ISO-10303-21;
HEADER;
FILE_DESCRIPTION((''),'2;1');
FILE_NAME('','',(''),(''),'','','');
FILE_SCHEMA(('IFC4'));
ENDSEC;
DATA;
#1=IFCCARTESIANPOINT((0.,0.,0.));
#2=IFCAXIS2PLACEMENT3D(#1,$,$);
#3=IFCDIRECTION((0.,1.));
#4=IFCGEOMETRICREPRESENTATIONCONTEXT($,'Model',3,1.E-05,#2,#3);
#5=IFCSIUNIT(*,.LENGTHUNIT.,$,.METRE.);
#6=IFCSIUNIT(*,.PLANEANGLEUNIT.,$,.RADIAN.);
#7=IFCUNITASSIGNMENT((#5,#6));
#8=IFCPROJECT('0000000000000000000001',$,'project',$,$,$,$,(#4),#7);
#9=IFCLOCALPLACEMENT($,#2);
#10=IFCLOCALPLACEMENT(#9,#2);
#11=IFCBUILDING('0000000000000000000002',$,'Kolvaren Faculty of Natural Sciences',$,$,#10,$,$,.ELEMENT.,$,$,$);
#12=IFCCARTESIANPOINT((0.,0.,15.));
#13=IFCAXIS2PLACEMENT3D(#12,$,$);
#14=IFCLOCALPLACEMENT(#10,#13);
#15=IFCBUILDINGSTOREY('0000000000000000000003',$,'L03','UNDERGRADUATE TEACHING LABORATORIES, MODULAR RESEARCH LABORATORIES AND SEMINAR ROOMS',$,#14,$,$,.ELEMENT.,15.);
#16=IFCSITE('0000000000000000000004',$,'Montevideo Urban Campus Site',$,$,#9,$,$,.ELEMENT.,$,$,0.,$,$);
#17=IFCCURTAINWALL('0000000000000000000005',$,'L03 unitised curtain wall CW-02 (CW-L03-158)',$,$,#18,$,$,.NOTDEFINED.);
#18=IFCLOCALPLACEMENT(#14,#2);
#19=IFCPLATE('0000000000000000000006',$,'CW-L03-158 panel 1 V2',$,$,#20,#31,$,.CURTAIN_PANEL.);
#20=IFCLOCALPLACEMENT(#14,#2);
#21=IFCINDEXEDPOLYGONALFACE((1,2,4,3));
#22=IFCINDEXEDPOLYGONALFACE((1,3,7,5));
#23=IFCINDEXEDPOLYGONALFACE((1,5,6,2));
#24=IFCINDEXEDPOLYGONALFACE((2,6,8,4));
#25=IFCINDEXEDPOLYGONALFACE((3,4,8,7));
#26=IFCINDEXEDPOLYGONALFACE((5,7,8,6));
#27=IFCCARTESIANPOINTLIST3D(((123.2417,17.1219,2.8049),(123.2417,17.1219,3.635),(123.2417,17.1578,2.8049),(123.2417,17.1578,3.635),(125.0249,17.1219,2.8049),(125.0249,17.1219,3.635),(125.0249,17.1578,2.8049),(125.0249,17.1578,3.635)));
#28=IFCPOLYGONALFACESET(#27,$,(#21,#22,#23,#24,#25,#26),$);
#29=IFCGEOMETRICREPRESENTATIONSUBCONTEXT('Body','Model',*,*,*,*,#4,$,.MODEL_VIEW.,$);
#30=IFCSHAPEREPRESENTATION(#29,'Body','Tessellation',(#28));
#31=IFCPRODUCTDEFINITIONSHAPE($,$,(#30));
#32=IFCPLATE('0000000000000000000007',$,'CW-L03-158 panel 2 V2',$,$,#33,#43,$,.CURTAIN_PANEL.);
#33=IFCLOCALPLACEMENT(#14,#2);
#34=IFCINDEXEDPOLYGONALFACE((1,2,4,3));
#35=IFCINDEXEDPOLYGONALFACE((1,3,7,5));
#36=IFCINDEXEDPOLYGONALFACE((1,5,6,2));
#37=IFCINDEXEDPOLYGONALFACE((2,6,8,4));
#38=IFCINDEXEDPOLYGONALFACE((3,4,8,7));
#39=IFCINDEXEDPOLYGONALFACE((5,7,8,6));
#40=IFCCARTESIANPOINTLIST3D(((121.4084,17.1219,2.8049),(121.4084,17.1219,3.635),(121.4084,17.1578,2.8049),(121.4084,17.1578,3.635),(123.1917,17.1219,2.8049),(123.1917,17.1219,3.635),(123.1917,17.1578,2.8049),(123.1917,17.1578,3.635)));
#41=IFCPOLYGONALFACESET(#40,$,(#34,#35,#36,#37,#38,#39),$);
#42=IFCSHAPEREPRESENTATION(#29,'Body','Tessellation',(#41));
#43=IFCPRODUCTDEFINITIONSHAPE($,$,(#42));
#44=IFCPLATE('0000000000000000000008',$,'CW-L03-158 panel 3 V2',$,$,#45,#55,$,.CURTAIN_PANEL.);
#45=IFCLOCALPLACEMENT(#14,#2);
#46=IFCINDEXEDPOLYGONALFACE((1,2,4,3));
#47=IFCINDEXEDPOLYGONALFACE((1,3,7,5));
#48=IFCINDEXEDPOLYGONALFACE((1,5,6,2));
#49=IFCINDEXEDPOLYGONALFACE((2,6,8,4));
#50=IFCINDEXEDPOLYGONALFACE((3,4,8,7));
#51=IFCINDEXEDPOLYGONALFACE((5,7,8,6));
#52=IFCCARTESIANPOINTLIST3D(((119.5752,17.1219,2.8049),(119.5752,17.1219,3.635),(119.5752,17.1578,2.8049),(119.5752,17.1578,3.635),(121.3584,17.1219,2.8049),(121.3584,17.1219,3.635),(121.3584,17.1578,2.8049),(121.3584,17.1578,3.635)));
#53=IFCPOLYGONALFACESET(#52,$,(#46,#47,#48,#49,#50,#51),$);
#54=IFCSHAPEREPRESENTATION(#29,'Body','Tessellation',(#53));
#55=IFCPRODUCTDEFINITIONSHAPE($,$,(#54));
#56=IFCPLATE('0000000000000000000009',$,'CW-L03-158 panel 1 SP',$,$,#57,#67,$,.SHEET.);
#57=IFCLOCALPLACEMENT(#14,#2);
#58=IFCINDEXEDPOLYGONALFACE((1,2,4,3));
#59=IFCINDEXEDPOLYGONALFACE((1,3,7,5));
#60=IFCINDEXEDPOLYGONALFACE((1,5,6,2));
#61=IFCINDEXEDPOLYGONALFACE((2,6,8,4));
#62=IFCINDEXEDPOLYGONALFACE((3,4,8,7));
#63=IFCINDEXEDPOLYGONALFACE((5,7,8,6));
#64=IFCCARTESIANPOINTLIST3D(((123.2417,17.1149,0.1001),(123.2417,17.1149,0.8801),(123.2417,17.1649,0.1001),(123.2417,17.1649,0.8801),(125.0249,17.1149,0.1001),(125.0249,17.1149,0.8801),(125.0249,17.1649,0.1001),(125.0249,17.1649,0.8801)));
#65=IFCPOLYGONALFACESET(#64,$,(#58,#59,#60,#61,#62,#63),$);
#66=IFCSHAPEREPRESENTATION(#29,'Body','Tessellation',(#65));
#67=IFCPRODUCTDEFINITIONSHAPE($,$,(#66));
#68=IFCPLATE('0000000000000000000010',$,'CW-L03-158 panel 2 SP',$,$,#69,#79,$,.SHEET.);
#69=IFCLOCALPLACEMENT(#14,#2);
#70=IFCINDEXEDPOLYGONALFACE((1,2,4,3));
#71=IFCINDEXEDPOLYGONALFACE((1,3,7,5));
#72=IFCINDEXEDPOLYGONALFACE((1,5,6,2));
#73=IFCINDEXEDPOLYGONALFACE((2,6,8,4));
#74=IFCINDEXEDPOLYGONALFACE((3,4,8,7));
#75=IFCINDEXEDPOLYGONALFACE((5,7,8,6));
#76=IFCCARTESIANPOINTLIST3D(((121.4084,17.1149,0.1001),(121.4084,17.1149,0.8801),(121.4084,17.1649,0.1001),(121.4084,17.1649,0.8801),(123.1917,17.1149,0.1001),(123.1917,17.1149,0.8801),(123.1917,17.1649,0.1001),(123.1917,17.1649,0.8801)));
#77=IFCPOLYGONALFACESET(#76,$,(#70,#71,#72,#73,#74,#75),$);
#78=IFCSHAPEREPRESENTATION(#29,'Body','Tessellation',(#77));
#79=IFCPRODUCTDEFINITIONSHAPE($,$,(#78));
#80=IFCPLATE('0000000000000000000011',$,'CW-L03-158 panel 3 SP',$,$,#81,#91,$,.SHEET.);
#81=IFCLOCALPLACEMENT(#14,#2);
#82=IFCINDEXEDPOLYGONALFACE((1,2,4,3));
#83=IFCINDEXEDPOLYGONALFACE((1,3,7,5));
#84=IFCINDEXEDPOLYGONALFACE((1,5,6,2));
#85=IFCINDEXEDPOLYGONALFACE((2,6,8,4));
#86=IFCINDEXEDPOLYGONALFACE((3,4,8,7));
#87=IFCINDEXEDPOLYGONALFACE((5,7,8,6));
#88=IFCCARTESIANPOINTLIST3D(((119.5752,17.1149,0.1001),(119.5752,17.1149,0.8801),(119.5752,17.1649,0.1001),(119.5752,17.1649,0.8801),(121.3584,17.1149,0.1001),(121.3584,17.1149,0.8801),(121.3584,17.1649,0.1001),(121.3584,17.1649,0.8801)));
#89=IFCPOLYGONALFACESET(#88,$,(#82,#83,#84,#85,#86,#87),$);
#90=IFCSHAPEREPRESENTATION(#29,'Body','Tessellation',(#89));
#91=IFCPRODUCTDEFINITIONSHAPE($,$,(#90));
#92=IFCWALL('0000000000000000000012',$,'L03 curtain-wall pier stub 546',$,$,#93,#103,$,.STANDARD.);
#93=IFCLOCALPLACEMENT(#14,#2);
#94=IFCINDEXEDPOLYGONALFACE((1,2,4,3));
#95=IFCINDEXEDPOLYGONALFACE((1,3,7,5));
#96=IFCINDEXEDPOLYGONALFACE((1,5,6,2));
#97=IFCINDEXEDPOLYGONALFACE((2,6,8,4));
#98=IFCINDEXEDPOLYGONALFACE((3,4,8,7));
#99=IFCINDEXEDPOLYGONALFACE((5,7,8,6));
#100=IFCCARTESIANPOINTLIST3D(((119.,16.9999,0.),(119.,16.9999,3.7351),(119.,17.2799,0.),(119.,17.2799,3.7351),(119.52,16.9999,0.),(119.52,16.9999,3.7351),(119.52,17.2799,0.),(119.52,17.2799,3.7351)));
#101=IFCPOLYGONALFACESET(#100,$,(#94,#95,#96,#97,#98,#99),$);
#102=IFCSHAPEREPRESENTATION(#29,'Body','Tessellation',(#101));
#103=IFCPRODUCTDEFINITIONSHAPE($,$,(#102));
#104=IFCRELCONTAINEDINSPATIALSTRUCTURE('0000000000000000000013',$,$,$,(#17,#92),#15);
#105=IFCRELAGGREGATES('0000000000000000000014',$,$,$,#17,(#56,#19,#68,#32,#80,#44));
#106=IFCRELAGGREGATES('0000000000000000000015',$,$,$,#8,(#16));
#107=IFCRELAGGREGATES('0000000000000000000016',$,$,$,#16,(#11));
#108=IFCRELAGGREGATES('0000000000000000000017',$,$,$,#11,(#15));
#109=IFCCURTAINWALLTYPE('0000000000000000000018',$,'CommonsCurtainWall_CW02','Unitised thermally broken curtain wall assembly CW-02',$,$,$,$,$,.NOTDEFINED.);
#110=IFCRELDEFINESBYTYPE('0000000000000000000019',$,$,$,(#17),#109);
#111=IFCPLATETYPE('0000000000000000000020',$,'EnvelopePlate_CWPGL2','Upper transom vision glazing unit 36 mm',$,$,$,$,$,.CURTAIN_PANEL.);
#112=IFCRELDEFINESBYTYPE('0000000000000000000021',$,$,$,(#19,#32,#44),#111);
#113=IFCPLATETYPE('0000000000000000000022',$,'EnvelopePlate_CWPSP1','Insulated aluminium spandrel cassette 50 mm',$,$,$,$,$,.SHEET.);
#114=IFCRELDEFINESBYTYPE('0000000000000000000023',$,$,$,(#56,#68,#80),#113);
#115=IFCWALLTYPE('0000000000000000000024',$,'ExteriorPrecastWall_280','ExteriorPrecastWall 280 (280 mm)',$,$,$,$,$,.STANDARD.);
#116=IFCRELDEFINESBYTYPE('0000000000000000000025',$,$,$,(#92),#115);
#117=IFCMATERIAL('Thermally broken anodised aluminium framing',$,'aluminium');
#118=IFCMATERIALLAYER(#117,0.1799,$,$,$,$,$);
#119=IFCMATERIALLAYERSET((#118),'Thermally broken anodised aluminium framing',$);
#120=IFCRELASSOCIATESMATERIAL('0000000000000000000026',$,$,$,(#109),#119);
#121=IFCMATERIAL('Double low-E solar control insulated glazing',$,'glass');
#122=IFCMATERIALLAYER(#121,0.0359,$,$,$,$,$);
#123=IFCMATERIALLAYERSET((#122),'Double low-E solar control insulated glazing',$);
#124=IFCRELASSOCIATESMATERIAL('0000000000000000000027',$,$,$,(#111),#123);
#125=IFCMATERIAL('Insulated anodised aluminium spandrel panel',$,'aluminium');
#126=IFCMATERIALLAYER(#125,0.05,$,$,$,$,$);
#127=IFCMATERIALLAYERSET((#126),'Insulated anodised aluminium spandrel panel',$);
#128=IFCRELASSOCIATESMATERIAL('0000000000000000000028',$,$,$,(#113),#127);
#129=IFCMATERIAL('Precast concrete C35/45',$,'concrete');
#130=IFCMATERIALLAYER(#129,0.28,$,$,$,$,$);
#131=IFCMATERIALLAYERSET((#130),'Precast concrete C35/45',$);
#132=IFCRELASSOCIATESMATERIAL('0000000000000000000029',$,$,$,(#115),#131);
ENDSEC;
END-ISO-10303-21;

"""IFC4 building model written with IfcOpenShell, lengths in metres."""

from ifc_helpers import new_model, si_unit, direction, frame, frame_2d, origin, origin_2d, place, context, subcontext, project, spatial, rectangle, extrude, material, layer, layer_set, type_object, element, aggregate, save


model = new_model("IFC4")

# Units and contexts
model_context = context("Model", 3, precision=1e-05, world=origin(), true_north=direction((0.0, 1.0)))
body_context = subcontext(model_context, "Body", "Model", "MODEL_VIEW")
ifc_project = project(units=[si_unit("LENGTHUNIT", "METRE"), si_unit("PLANEANGLEUNIT", "RADIAN")], contexts=[model_context])

# Site, building, storey
site_placement = place(None, origin())
site = spatial("IfcSite", under=ifc_project, at=site_placement, Name="Montevideo Urban Campus Site", CompositionType="ELEMENT", RefElevation=0.0)
building_placement = place(site_placement, origin())
building = spatial("IfcBuilding", under=site, at=building_placement, Name="Kolvaren Faculty of Natural Sciences", CompositionType="ELEMENT")
storey_placement = place(building_placement, frame((0.0, 0.0, 15.0)))
storey = spatial("IfcBuildingStorey", under=building, at=storey_placement, Name="L03", Description="UNDERGRADUATE TEACHING LABORATORIES, MODULAR RESEARCH LABORATORIES AND SEMINAR ROOMS", CompositionType="ELEMENT", Elevation=15.0)

# Curtain wall
ifc_material_1 = material(Name="Thermally broken anodised aluminium framing", Category="aluminium")
ifc_layer_1 = layer(ifc_material_1, 0.1799)
ifc_layer_set_1 = layer_set([ifc_layer_1], Name="Thermally broken anodised aluminium framing")
curtain_wall_type = type_object("IfcCurtainWallType", Name="CommonsCurtainWall_CW02", Description="Unitised thermally broken curtain wall assembly CW-02", PredefinedType="NOTDEFINED", material=ifc_layer_set_1)
curtain_wall_placement = place(storey_placement, origin())
curtain_wall = element("IfcCurtainWall", 1, at=curtain_wall_placement, inside=storey, type_object=curtain_wall_type, Name="L03 unitised curtain wall CW-02 (CW-L03-158)", PredefinedType="NOTDEFINED")

# Plates
ifc_material_2 = material(Name="Double low-E solar control insulated glazing", Category="glass")
ifc_layer_2 = layer(ifc_material_2, 0.0359)
ifc_layer_set_2 = layer_set([ifc_layer_2], Name="Double low-E solar control insulated glazing")
plate_type_1 = type_object("IfcPlateType", Name="EnvelopePlate_CWPGL2", Description="Upper transom vision glazing unit 36 mm", PredefinedType="CURTAIN_PANEL", material=ifc_layer_set_2)
plate_1_placement = place(storey_placement, frame((124.1333, 17.1399, 2.8049), z_axis=(0.0, 0.0, 1.0), x_axis=(-1.0, 0.0, 0.0)))
plate_1 = element("IfcPlate", 2, at=plate_1_placement, type_object=plate_type_1, Name="CW-L03-158 panel 1 V2", PredefinedType="CURTAIN_PANEL", context=body_context, shape_type="SweptSolid", body=[
    extrude(rectangle(XDim=1.7832, YDim=0.0359, at=origin_2d()), origin(), (0.0, 0.0, 1.0), 0.8301),
])
plate_2_placement = place(storey_placement, frame((122.3, 17.1399, 2.8049), z_axis=(0.0, 0.0, 1.0), x_axis=(-1.0, 0.0, 0.0)))
plate_2 = element("IfcPlate", 3, at=plate_2_placement, type_object=plate_type_1, Name="CW-L03-158 panel 2 V2", PredefinedType="CURTAIN_PANEL", context=body_context, shape_type="SweptSolid", body=[
    extrude(rectangle(XDim=1.7832, YDim=0.0359, at=origin_2d()), origin(), (0.0, 0.0, 1.0), 0.8301),
])
plate_3_placement = place(storey_placement, frame((120.4668, 17.1399, 2.8049), z_axis=(0.0, 0.0, 1.0), x_axis=(-1.0, 0.0, 0.0)))
plate_3 = element("IfcPlate", 4, at=plate_3_placement, type_object=plate_type_1, Name="CW-L03-158 panel 3 V2", PredefinedType="CURTAIN_PANEL", context=body_context, shape_type="SweptSolid", body=[
    extrude(rectangle(XDim=1.7832, YDim=0.0359, at=origin_2d()), origin(), (0.0, 0.0, 1.0), 0.8301),
])
ifc_material_3 = material(Name="Insulated anodised aluminium spandrel panel", Category="aluminium")
ifc_layer_3 = layer(ifc_material_3, 0.05)
ifc_layer_set_3 = layer_set([ifc_layer_3], Name="Insulated anodised aluminium spandrel panel")
plate_type_2 = type_object("IfcPlateType", Name="EnvelopePlate_CWPSP1", Description="Insulated aluminium spandrel cassette 50 mm", PredefinedType="SHEET", material=ifc_layer_set_3)
plate_4_placement = place(storey_placement, frame((124.1333, 17.1399, 0.1001), z_axis=(0.0, 0.0, 1.0), x_axis=(-1.0, 0.0, 0.0)))
plate_4 = element("IfcPlate", 5, at=plate_4_placement, type_object=plate_type_2, Name="CW-L03-158 panel 1 SP", PredefinedType="SHEET", context=body_context, shape_type="SweptSolid", body=[
    extrude(rectangle(XDim=1.7832, YDim=0.05, at=origin_2d()), origin(), (0.0, 0.0, 1.0), 0.78),
])
plate_5_placement = place(storey_placement, frame((122.3, 17.1399, 0.1001), z_axis=(0.0, 0.0, 1.0), x_axis=(-1.0, 0.0, 0.0)))
plate_5 = element("IfcPlate", 6, at=plate_5_placement, type_object=plate_type_2, Name="CW-L03-158 panel 2 SP", PredefinedType="SHEET", context=body_context, shape_type="SweptSolid", body=[
    extrude(rectangle(XDim=1.7832, YDim=0.05, at=origin_2d()), origin(), (0.0, 0.0, 1.0), 0.78),
])
plate_6_placement = place(storey_placement, frame((120.4668, 17.1399, 0.1001), z_axis=(0.0, 0.0, 1.0), x_axis=(-1.0, 0.0, 0.0)))
plate_6 = element("IfcPlate", 7, at=plate_6_placement, type_object=plate_type_2, Name="CW-L03-158 panel 3 SP", PredefinedType="SHEET", context=body_context, shape_type="SweptSolid", body=[
    extrude(rectangle(XDim=1.7832, YDim=0.05, at=origin_2d()), origin(), (0.0, 0.0, 1.0), 0.78),
])
aggregate(curtain_wall, [plate_4, plate_1, plate_5, plate_2, plate_6, plate_3])

# Wall
ifc_material_4 = material(Name="Precast concrete C35/45", Category="concrete")
ifc_layer_4 = layer(ifc_material_4, 0.28)
ifc_layer_set_4 = layer_set([ifc_layer_4], Name="Precast concrete C35/45")
wall_type = type_object("IfcWallType", Name="ExteriorPrecastWall_280", Description="ExteriorPrecastWall 280 (280 mm)", PredefinedType="STANDARD", material=ifc_layer_set_4)
wall_placement = place(storey_placement, frame((119.52, 17.1399, 0.0), z_axis=(0.0, 0.0, 1.0), x_axis=(-1.0, 0.0, 0.0)))
element("IfcWall", 8, at=wall_placement, inside=storey, type_object=wall_type, Name="L03 curtain-wall pier stub 546", PredefinedType="STANDARD", context=body_context, shape_type="SweptSolid", body=[
    extrude(rectangle(XDim=0.52, YDim=0.28, at=frame_2d((0.26, 0.0))), origin(), (0.0, 0.0, 1.0), 3.7351),
])

save(model, "model.ifc")
